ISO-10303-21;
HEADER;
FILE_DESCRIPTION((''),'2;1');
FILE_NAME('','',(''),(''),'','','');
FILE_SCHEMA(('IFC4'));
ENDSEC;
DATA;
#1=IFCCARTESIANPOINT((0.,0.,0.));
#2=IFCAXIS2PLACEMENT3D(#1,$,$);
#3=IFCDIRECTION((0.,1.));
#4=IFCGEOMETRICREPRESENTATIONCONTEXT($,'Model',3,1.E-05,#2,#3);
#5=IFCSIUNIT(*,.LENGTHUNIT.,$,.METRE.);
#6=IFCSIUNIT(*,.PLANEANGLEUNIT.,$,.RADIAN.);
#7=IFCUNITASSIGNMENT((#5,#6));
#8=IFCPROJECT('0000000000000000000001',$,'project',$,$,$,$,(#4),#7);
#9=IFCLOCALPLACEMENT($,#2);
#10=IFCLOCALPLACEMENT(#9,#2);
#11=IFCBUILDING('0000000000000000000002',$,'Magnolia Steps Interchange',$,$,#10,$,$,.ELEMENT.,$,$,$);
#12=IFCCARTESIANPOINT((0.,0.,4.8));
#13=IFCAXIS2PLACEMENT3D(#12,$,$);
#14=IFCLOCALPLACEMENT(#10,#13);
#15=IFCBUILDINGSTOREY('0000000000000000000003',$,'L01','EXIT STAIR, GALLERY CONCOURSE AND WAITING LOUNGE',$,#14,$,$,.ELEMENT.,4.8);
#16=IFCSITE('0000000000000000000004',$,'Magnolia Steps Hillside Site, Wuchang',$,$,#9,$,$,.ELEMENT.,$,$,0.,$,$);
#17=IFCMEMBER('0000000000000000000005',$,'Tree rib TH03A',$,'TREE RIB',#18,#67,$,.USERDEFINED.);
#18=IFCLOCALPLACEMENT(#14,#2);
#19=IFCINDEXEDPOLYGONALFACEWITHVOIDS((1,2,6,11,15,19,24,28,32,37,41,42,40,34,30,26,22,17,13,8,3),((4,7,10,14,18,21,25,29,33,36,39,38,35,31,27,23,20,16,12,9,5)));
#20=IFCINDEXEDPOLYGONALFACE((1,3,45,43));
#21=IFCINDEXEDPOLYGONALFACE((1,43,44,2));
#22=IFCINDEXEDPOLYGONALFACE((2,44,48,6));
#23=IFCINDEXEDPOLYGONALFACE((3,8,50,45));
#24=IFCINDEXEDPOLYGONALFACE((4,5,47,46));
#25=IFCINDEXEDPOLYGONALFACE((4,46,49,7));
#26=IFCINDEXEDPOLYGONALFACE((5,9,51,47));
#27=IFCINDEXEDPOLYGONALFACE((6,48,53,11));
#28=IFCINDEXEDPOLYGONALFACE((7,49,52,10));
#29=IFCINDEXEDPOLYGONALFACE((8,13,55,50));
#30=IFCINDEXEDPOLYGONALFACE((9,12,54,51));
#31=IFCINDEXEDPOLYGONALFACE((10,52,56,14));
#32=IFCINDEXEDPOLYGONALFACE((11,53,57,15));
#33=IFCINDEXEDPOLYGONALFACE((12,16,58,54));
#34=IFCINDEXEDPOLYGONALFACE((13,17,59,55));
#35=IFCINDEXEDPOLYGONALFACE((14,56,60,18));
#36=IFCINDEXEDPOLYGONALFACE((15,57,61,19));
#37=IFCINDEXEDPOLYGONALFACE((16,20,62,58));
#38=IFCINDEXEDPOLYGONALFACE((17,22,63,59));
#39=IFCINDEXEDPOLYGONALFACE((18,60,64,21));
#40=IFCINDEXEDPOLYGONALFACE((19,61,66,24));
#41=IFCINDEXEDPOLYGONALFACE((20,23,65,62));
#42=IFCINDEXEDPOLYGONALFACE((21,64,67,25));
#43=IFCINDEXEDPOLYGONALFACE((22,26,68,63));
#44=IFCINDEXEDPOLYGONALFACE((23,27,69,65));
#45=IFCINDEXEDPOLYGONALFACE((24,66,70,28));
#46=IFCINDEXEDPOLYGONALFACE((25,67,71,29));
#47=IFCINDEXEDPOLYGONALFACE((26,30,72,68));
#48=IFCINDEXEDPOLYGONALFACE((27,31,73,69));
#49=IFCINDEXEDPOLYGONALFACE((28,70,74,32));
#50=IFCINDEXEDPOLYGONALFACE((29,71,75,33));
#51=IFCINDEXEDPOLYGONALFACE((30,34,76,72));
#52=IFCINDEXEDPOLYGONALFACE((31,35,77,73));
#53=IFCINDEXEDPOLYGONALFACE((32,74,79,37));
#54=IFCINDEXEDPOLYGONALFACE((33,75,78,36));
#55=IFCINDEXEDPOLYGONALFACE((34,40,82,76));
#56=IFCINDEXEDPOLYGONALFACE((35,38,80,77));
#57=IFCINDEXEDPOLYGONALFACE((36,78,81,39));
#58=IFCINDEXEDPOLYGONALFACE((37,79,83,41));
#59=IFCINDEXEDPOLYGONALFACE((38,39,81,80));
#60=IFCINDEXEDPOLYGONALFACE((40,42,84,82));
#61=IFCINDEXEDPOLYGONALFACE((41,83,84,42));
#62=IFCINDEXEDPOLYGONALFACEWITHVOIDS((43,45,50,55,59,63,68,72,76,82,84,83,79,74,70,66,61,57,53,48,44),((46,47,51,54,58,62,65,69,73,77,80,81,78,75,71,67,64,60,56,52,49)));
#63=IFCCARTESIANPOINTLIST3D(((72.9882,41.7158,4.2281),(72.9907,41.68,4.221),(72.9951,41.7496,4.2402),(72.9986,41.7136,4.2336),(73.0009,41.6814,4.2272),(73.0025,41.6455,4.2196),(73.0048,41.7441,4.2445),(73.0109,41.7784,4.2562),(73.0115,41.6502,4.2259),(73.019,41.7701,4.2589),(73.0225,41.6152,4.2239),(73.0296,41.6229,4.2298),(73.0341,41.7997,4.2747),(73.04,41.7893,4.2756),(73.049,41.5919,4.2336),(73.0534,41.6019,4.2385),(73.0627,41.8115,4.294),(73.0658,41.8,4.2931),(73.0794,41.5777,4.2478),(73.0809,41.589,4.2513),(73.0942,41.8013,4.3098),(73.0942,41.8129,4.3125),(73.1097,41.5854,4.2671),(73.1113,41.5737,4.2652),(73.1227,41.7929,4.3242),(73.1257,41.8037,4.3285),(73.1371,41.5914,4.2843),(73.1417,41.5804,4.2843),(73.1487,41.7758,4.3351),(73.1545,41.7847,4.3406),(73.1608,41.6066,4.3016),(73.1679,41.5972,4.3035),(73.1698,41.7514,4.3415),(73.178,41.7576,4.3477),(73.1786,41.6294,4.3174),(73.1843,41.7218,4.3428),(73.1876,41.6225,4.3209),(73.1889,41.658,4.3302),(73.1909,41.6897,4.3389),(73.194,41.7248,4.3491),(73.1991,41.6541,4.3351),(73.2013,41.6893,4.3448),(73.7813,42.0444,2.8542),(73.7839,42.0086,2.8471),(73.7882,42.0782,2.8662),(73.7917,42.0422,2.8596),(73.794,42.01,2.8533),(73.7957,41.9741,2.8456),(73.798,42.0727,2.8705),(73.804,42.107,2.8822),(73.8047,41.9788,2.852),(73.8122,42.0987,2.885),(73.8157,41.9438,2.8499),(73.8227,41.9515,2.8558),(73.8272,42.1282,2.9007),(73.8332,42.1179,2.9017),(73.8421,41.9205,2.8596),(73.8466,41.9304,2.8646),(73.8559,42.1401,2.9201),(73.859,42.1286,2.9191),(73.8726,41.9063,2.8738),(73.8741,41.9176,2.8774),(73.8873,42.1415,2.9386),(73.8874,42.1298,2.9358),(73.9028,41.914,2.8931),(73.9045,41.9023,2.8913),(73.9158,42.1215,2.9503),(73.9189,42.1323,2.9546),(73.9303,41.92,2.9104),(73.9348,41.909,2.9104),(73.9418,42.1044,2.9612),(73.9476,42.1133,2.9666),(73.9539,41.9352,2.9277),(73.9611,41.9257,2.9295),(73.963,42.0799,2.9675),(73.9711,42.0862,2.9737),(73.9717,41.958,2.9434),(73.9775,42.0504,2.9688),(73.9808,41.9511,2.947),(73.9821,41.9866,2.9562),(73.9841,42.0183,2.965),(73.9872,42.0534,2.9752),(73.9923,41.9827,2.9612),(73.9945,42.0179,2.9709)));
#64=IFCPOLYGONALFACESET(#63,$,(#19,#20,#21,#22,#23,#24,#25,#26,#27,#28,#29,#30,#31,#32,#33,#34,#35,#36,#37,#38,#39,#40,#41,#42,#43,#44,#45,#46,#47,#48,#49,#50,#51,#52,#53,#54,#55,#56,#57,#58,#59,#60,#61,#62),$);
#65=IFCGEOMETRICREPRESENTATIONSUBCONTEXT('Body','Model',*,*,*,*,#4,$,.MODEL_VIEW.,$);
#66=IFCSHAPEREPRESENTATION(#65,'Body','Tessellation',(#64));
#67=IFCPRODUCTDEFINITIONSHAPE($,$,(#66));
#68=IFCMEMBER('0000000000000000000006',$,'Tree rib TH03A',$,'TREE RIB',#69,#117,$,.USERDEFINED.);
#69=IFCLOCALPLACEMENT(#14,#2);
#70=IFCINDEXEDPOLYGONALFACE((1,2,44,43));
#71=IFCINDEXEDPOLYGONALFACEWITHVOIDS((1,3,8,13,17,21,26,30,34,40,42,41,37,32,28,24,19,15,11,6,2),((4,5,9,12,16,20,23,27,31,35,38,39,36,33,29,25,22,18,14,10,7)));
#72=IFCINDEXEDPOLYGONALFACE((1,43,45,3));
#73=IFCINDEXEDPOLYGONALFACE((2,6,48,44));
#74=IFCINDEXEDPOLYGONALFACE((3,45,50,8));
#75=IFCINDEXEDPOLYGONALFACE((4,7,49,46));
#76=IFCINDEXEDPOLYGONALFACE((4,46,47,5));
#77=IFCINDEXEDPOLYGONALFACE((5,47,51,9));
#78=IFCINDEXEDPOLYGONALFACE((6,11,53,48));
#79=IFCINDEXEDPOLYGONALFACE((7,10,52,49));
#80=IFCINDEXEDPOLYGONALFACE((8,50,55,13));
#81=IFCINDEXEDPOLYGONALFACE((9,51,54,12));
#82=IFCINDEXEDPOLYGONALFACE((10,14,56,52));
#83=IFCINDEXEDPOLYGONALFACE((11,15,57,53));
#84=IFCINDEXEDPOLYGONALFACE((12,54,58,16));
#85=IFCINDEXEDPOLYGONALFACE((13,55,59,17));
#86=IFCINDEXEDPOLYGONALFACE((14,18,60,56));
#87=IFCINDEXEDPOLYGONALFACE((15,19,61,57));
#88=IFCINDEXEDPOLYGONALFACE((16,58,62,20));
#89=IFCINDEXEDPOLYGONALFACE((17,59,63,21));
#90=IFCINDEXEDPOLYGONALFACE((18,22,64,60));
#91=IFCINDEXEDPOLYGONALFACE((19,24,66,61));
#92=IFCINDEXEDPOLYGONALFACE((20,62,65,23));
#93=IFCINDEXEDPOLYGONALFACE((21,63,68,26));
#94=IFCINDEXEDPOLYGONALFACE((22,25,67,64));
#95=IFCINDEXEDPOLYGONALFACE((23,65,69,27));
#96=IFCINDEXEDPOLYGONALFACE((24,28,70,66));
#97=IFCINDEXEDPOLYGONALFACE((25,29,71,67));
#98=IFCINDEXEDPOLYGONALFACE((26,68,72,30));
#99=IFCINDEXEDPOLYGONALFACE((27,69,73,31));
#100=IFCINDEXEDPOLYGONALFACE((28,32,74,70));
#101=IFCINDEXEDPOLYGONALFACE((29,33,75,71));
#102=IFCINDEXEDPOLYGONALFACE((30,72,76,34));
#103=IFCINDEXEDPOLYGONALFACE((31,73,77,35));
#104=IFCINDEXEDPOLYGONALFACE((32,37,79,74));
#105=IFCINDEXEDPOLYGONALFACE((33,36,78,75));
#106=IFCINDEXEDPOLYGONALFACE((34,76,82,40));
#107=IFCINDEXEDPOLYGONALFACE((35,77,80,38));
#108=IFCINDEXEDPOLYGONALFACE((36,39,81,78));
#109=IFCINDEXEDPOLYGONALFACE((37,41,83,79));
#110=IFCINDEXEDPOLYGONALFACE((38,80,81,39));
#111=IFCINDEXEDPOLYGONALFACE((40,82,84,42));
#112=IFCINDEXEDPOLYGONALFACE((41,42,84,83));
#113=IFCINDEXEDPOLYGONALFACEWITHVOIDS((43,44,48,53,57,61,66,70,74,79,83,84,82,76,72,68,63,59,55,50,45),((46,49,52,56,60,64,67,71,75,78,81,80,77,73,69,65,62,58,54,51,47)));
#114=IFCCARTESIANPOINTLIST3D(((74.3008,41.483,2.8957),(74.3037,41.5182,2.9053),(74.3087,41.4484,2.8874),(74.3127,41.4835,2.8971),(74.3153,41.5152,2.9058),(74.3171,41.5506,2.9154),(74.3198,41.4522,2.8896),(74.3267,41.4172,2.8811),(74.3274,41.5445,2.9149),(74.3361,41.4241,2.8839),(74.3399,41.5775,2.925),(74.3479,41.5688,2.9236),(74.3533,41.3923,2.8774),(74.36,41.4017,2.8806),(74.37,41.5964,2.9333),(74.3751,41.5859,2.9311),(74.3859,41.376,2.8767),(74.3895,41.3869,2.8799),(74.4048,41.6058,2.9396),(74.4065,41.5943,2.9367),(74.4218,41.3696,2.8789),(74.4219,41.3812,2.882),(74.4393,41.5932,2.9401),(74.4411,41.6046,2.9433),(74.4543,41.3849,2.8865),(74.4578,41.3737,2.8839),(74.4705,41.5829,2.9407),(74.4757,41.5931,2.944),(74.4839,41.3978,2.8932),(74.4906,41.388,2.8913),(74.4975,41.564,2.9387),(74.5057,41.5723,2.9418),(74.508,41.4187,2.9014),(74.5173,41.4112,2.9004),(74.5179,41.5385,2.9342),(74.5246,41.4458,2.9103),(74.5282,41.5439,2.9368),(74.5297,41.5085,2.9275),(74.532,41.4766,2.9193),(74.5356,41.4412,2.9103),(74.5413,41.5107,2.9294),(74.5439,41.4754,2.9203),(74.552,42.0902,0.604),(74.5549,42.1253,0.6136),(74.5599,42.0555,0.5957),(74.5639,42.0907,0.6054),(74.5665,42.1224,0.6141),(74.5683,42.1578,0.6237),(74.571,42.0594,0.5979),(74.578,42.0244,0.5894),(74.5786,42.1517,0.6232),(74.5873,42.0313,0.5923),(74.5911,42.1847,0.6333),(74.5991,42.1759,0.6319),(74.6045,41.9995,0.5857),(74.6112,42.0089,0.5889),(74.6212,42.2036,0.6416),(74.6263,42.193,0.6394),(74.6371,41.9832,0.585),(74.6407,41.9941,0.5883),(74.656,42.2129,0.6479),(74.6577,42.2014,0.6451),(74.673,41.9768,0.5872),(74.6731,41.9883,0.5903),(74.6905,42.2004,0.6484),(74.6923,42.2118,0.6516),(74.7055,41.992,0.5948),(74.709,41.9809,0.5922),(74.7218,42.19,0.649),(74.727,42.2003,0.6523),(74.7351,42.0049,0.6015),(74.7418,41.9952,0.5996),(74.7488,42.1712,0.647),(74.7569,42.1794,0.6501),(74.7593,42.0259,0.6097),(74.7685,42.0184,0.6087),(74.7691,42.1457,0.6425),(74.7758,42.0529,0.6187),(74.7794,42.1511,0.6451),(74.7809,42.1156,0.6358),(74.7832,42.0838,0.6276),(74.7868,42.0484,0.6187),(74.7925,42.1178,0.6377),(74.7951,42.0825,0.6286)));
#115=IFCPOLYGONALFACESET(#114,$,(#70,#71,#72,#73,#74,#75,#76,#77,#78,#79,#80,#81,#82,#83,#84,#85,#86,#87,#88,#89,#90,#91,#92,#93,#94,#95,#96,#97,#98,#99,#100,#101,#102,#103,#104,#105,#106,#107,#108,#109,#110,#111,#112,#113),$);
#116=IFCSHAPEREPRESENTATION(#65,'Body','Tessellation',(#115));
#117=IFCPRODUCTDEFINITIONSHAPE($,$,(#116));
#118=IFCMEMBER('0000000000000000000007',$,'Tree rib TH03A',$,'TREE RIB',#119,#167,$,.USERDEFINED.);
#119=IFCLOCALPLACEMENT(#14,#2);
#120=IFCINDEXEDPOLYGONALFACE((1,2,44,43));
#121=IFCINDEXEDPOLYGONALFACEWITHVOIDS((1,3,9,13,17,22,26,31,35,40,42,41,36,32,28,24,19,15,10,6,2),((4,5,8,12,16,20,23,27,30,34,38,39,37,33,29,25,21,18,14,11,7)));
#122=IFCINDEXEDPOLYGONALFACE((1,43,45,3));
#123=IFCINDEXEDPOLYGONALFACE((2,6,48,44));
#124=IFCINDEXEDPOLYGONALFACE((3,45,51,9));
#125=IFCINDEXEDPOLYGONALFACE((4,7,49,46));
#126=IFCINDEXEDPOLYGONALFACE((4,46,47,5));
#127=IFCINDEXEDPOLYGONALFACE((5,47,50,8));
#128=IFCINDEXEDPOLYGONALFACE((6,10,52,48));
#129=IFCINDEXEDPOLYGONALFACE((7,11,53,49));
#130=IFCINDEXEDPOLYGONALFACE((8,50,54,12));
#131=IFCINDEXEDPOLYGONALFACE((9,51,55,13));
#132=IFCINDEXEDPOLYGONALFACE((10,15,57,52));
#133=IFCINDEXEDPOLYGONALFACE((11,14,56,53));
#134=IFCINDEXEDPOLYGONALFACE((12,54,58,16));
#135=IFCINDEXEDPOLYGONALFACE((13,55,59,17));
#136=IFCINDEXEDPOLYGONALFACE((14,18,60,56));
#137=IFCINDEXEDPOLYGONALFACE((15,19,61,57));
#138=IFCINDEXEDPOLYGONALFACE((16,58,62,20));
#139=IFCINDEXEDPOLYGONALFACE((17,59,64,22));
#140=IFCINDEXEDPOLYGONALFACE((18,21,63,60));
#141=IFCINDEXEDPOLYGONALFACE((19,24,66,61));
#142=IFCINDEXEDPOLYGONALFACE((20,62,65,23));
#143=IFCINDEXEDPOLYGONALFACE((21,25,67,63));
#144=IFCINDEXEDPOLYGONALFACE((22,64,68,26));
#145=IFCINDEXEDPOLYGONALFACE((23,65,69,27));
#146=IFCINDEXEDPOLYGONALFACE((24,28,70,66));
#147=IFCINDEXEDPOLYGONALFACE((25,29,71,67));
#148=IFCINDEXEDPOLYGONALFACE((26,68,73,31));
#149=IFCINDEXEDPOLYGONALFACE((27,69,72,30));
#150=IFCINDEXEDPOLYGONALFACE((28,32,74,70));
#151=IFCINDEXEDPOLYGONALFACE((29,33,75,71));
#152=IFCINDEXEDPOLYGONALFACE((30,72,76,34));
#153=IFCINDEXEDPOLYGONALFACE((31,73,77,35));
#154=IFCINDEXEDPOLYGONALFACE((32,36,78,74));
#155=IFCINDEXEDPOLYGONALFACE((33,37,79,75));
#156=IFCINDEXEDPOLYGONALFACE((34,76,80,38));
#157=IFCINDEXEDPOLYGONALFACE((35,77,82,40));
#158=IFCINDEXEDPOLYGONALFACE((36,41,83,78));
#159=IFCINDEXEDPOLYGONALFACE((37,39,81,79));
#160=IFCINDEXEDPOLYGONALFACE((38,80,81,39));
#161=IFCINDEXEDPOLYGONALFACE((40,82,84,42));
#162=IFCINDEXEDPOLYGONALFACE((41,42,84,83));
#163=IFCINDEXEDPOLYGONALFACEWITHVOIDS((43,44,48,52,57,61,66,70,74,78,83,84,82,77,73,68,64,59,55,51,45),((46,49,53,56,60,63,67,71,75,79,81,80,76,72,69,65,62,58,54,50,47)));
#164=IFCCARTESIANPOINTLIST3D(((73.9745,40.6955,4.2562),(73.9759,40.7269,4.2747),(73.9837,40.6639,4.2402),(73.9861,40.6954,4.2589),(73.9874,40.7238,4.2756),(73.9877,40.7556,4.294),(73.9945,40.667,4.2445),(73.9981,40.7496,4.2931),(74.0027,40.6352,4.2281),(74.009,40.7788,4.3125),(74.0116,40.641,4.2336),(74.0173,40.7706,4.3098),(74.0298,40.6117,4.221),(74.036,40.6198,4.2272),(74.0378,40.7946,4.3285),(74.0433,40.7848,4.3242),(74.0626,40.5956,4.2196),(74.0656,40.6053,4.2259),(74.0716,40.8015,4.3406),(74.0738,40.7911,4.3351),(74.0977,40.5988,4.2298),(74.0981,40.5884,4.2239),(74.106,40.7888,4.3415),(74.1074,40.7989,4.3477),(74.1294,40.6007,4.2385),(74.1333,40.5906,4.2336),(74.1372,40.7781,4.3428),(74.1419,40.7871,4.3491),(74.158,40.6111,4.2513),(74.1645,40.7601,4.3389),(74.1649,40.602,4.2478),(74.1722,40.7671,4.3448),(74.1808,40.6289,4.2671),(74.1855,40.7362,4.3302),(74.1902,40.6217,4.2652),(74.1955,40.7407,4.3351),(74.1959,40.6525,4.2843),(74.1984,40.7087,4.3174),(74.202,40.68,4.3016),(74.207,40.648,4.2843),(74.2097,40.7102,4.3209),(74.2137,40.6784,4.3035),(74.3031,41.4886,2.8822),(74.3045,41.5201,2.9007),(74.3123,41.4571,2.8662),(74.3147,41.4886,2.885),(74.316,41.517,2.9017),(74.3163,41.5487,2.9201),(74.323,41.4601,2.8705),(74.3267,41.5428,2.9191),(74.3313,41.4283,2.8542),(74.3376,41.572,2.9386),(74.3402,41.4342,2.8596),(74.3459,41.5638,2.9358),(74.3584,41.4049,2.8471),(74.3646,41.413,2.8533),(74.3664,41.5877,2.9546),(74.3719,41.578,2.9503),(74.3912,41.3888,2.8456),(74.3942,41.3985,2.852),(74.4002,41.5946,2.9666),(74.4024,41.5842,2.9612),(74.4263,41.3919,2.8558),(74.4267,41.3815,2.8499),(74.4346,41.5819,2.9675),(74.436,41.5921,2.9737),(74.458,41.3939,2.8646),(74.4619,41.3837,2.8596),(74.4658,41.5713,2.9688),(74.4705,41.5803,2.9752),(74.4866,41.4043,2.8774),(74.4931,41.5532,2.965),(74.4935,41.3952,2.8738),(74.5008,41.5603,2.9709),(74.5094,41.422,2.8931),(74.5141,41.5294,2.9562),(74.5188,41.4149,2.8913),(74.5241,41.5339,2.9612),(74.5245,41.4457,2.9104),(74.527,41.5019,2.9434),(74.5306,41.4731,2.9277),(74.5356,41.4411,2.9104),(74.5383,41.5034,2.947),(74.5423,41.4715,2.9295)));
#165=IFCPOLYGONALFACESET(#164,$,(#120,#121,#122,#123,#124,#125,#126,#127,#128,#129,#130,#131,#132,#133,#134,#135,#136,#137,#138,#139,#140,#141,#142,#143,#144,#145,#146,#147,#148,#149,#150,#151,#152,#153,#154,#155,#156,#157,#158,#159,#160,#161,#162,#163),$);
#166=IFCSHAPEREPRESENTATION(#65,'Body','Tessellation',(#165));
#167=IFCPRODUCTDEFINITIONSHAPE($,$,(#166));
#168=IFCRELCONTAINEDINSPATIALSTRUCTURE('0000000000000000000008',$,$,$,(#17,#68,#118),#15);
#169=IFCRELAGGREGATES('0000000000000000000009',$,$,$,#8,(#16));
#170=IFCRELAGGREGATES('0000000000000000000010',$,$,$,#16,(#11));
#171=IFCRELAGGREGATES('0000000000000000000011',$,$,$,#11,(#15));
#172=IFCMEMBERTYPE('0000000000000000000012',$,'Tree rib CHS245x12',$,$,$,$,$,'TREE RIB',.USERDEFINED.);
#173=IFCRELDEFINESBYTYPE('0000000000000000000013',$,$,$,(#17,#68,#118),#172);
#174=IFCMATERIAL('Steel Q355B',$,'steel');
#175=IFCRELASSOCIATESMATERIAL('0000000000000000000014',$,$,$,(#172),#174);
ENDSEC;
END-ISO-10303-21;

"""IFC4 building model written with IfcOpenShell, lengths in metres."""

from ifc_helpers import new_model, si_unit, direction, frame, origin, origin_2d, place, context, subcontext, project, spatial, hollow_circle, extrude, material, material_profile, profile_set, type_object, element, save


model = new_model("IFC4")

# Units and contexts
model_context = context("Model", 3, precision=1e-05, world=origin(), true_north=direction((0.0, 1.0)))
body_context = subcontext(model_context, "Body", "Model", "MODEL_VIEW")
ifc_project = project(units=[si_unit("LENGTHUNIT", "METRE"), si_unit("PLANEANGLEUNIT", "RADIAN")], contexts=[model_context])

# Site, building, storey
site_placement = place(None, origin())
site = spatial("IfcSite", under=ifc_project, at=site_placement, Name="Magnolia Steps Hillside Site, Wuchang", CompositionType="ELEMENT", RefElevation=0.0)
building_placement = place(site_placement, origin())
building = spatial("IfcBuilding", under=site, at=building_placement, Name="Magnolia Steps Interchange", CompositionType="ELEMENT")
storey_placement = place(building_placement, frame((0.0, 0.0, 4.8)))
storey = spatial("IfcBuildingStorey", under=building, at=storey_placement, Name="L01", Description="EXIT STAIR, GALLERY CONCOURSE AND WAITING LOUNGE", CompositionType="ELEMENT", Elevation=4.8)

# Members
ifc_material_1 = material(Name="Steel Q355B", Category="steel")
ifc_material_profile_1 = material_profile(ifc_material_1, hollow_circle(Radius=0.1226, WallThickness=0.012, at=origin_2d()), Name="CHS245x12")
ifc_profile_set_1 = profile_set([ifc_material_profile_1], Name="Steel Q355B")
member_type_1 = type_object("IfcMemberType", Name="Tree rib CHS245x12", ElementType="TREE RIB", PredefinedType="USERDEFINED", material=ifc_profile_set_1)
member_1_placement = place(storey_placement, frame((73.8879, 42.0222, 2.9104), z_axis=(-0.489571, -0.20282, 0.848047), x_axis=(0.382737, -0.923857, 0.0)))
element("IfcMember", 1, at=member_1_placement, inside=storey, type_object=member_type_1, Name="Tree rib TH03A", ObjectType="TREE RIB", PredefinedType="USERDEFINED", context=body_context, shape_type="SweptSolid", body=[
    extrude(hollow_circle(Radius=0.1226, WallThickness=0.012, at=origin_2d()), origin(), (0.0, 0.0, 1.0), 1.6201),
])
member_2_placement = place(storey_placement, frame((74.6736, 42.0952, 0.6187), z_axis=(-0.105374, -0.254679, 0.961267), x_axis=(0.92403, -0.382319, 0.0)))
element("IfcMember", 2, at=member_2_placement, inside=storey, type_object=member_type_1, Name="Tree rib TH03A", ObjectType="TREE RIB", PredefinedType="USERDEFINED", context=body_context, shape_type="SweptSolid", body=[
    extrude(hollow_circle(Radius=0.1226, WallThickness=0.012, at=origin_2d()), origin(), (0.0, 0.0, 1.0), 2.384),
])
member_3_placement = place(storey_placement, frame((74.4224, 41.488, 2.9104), z_axis=(-0.20282, -0.489571, 0.848047), x_axis=(0.923857, -0.382737, 0.0)))
element("IfcMember", 3, at=member_3_placement, inside=storey, type_object=member_type_1, Name="Tree rib TH03A", ObjectType="TREE RIB", PredefinedType="USERDEFINED", context=body_context, shape_type="SweptSolid", body=[
    extrude(hollow_circle(Radius=0.1226, WallThickness=0.012, at=origin_2d()), origin(), (0.0, 0.0, 1.0), 1.6201),
])

save(model, "model.ifc")
